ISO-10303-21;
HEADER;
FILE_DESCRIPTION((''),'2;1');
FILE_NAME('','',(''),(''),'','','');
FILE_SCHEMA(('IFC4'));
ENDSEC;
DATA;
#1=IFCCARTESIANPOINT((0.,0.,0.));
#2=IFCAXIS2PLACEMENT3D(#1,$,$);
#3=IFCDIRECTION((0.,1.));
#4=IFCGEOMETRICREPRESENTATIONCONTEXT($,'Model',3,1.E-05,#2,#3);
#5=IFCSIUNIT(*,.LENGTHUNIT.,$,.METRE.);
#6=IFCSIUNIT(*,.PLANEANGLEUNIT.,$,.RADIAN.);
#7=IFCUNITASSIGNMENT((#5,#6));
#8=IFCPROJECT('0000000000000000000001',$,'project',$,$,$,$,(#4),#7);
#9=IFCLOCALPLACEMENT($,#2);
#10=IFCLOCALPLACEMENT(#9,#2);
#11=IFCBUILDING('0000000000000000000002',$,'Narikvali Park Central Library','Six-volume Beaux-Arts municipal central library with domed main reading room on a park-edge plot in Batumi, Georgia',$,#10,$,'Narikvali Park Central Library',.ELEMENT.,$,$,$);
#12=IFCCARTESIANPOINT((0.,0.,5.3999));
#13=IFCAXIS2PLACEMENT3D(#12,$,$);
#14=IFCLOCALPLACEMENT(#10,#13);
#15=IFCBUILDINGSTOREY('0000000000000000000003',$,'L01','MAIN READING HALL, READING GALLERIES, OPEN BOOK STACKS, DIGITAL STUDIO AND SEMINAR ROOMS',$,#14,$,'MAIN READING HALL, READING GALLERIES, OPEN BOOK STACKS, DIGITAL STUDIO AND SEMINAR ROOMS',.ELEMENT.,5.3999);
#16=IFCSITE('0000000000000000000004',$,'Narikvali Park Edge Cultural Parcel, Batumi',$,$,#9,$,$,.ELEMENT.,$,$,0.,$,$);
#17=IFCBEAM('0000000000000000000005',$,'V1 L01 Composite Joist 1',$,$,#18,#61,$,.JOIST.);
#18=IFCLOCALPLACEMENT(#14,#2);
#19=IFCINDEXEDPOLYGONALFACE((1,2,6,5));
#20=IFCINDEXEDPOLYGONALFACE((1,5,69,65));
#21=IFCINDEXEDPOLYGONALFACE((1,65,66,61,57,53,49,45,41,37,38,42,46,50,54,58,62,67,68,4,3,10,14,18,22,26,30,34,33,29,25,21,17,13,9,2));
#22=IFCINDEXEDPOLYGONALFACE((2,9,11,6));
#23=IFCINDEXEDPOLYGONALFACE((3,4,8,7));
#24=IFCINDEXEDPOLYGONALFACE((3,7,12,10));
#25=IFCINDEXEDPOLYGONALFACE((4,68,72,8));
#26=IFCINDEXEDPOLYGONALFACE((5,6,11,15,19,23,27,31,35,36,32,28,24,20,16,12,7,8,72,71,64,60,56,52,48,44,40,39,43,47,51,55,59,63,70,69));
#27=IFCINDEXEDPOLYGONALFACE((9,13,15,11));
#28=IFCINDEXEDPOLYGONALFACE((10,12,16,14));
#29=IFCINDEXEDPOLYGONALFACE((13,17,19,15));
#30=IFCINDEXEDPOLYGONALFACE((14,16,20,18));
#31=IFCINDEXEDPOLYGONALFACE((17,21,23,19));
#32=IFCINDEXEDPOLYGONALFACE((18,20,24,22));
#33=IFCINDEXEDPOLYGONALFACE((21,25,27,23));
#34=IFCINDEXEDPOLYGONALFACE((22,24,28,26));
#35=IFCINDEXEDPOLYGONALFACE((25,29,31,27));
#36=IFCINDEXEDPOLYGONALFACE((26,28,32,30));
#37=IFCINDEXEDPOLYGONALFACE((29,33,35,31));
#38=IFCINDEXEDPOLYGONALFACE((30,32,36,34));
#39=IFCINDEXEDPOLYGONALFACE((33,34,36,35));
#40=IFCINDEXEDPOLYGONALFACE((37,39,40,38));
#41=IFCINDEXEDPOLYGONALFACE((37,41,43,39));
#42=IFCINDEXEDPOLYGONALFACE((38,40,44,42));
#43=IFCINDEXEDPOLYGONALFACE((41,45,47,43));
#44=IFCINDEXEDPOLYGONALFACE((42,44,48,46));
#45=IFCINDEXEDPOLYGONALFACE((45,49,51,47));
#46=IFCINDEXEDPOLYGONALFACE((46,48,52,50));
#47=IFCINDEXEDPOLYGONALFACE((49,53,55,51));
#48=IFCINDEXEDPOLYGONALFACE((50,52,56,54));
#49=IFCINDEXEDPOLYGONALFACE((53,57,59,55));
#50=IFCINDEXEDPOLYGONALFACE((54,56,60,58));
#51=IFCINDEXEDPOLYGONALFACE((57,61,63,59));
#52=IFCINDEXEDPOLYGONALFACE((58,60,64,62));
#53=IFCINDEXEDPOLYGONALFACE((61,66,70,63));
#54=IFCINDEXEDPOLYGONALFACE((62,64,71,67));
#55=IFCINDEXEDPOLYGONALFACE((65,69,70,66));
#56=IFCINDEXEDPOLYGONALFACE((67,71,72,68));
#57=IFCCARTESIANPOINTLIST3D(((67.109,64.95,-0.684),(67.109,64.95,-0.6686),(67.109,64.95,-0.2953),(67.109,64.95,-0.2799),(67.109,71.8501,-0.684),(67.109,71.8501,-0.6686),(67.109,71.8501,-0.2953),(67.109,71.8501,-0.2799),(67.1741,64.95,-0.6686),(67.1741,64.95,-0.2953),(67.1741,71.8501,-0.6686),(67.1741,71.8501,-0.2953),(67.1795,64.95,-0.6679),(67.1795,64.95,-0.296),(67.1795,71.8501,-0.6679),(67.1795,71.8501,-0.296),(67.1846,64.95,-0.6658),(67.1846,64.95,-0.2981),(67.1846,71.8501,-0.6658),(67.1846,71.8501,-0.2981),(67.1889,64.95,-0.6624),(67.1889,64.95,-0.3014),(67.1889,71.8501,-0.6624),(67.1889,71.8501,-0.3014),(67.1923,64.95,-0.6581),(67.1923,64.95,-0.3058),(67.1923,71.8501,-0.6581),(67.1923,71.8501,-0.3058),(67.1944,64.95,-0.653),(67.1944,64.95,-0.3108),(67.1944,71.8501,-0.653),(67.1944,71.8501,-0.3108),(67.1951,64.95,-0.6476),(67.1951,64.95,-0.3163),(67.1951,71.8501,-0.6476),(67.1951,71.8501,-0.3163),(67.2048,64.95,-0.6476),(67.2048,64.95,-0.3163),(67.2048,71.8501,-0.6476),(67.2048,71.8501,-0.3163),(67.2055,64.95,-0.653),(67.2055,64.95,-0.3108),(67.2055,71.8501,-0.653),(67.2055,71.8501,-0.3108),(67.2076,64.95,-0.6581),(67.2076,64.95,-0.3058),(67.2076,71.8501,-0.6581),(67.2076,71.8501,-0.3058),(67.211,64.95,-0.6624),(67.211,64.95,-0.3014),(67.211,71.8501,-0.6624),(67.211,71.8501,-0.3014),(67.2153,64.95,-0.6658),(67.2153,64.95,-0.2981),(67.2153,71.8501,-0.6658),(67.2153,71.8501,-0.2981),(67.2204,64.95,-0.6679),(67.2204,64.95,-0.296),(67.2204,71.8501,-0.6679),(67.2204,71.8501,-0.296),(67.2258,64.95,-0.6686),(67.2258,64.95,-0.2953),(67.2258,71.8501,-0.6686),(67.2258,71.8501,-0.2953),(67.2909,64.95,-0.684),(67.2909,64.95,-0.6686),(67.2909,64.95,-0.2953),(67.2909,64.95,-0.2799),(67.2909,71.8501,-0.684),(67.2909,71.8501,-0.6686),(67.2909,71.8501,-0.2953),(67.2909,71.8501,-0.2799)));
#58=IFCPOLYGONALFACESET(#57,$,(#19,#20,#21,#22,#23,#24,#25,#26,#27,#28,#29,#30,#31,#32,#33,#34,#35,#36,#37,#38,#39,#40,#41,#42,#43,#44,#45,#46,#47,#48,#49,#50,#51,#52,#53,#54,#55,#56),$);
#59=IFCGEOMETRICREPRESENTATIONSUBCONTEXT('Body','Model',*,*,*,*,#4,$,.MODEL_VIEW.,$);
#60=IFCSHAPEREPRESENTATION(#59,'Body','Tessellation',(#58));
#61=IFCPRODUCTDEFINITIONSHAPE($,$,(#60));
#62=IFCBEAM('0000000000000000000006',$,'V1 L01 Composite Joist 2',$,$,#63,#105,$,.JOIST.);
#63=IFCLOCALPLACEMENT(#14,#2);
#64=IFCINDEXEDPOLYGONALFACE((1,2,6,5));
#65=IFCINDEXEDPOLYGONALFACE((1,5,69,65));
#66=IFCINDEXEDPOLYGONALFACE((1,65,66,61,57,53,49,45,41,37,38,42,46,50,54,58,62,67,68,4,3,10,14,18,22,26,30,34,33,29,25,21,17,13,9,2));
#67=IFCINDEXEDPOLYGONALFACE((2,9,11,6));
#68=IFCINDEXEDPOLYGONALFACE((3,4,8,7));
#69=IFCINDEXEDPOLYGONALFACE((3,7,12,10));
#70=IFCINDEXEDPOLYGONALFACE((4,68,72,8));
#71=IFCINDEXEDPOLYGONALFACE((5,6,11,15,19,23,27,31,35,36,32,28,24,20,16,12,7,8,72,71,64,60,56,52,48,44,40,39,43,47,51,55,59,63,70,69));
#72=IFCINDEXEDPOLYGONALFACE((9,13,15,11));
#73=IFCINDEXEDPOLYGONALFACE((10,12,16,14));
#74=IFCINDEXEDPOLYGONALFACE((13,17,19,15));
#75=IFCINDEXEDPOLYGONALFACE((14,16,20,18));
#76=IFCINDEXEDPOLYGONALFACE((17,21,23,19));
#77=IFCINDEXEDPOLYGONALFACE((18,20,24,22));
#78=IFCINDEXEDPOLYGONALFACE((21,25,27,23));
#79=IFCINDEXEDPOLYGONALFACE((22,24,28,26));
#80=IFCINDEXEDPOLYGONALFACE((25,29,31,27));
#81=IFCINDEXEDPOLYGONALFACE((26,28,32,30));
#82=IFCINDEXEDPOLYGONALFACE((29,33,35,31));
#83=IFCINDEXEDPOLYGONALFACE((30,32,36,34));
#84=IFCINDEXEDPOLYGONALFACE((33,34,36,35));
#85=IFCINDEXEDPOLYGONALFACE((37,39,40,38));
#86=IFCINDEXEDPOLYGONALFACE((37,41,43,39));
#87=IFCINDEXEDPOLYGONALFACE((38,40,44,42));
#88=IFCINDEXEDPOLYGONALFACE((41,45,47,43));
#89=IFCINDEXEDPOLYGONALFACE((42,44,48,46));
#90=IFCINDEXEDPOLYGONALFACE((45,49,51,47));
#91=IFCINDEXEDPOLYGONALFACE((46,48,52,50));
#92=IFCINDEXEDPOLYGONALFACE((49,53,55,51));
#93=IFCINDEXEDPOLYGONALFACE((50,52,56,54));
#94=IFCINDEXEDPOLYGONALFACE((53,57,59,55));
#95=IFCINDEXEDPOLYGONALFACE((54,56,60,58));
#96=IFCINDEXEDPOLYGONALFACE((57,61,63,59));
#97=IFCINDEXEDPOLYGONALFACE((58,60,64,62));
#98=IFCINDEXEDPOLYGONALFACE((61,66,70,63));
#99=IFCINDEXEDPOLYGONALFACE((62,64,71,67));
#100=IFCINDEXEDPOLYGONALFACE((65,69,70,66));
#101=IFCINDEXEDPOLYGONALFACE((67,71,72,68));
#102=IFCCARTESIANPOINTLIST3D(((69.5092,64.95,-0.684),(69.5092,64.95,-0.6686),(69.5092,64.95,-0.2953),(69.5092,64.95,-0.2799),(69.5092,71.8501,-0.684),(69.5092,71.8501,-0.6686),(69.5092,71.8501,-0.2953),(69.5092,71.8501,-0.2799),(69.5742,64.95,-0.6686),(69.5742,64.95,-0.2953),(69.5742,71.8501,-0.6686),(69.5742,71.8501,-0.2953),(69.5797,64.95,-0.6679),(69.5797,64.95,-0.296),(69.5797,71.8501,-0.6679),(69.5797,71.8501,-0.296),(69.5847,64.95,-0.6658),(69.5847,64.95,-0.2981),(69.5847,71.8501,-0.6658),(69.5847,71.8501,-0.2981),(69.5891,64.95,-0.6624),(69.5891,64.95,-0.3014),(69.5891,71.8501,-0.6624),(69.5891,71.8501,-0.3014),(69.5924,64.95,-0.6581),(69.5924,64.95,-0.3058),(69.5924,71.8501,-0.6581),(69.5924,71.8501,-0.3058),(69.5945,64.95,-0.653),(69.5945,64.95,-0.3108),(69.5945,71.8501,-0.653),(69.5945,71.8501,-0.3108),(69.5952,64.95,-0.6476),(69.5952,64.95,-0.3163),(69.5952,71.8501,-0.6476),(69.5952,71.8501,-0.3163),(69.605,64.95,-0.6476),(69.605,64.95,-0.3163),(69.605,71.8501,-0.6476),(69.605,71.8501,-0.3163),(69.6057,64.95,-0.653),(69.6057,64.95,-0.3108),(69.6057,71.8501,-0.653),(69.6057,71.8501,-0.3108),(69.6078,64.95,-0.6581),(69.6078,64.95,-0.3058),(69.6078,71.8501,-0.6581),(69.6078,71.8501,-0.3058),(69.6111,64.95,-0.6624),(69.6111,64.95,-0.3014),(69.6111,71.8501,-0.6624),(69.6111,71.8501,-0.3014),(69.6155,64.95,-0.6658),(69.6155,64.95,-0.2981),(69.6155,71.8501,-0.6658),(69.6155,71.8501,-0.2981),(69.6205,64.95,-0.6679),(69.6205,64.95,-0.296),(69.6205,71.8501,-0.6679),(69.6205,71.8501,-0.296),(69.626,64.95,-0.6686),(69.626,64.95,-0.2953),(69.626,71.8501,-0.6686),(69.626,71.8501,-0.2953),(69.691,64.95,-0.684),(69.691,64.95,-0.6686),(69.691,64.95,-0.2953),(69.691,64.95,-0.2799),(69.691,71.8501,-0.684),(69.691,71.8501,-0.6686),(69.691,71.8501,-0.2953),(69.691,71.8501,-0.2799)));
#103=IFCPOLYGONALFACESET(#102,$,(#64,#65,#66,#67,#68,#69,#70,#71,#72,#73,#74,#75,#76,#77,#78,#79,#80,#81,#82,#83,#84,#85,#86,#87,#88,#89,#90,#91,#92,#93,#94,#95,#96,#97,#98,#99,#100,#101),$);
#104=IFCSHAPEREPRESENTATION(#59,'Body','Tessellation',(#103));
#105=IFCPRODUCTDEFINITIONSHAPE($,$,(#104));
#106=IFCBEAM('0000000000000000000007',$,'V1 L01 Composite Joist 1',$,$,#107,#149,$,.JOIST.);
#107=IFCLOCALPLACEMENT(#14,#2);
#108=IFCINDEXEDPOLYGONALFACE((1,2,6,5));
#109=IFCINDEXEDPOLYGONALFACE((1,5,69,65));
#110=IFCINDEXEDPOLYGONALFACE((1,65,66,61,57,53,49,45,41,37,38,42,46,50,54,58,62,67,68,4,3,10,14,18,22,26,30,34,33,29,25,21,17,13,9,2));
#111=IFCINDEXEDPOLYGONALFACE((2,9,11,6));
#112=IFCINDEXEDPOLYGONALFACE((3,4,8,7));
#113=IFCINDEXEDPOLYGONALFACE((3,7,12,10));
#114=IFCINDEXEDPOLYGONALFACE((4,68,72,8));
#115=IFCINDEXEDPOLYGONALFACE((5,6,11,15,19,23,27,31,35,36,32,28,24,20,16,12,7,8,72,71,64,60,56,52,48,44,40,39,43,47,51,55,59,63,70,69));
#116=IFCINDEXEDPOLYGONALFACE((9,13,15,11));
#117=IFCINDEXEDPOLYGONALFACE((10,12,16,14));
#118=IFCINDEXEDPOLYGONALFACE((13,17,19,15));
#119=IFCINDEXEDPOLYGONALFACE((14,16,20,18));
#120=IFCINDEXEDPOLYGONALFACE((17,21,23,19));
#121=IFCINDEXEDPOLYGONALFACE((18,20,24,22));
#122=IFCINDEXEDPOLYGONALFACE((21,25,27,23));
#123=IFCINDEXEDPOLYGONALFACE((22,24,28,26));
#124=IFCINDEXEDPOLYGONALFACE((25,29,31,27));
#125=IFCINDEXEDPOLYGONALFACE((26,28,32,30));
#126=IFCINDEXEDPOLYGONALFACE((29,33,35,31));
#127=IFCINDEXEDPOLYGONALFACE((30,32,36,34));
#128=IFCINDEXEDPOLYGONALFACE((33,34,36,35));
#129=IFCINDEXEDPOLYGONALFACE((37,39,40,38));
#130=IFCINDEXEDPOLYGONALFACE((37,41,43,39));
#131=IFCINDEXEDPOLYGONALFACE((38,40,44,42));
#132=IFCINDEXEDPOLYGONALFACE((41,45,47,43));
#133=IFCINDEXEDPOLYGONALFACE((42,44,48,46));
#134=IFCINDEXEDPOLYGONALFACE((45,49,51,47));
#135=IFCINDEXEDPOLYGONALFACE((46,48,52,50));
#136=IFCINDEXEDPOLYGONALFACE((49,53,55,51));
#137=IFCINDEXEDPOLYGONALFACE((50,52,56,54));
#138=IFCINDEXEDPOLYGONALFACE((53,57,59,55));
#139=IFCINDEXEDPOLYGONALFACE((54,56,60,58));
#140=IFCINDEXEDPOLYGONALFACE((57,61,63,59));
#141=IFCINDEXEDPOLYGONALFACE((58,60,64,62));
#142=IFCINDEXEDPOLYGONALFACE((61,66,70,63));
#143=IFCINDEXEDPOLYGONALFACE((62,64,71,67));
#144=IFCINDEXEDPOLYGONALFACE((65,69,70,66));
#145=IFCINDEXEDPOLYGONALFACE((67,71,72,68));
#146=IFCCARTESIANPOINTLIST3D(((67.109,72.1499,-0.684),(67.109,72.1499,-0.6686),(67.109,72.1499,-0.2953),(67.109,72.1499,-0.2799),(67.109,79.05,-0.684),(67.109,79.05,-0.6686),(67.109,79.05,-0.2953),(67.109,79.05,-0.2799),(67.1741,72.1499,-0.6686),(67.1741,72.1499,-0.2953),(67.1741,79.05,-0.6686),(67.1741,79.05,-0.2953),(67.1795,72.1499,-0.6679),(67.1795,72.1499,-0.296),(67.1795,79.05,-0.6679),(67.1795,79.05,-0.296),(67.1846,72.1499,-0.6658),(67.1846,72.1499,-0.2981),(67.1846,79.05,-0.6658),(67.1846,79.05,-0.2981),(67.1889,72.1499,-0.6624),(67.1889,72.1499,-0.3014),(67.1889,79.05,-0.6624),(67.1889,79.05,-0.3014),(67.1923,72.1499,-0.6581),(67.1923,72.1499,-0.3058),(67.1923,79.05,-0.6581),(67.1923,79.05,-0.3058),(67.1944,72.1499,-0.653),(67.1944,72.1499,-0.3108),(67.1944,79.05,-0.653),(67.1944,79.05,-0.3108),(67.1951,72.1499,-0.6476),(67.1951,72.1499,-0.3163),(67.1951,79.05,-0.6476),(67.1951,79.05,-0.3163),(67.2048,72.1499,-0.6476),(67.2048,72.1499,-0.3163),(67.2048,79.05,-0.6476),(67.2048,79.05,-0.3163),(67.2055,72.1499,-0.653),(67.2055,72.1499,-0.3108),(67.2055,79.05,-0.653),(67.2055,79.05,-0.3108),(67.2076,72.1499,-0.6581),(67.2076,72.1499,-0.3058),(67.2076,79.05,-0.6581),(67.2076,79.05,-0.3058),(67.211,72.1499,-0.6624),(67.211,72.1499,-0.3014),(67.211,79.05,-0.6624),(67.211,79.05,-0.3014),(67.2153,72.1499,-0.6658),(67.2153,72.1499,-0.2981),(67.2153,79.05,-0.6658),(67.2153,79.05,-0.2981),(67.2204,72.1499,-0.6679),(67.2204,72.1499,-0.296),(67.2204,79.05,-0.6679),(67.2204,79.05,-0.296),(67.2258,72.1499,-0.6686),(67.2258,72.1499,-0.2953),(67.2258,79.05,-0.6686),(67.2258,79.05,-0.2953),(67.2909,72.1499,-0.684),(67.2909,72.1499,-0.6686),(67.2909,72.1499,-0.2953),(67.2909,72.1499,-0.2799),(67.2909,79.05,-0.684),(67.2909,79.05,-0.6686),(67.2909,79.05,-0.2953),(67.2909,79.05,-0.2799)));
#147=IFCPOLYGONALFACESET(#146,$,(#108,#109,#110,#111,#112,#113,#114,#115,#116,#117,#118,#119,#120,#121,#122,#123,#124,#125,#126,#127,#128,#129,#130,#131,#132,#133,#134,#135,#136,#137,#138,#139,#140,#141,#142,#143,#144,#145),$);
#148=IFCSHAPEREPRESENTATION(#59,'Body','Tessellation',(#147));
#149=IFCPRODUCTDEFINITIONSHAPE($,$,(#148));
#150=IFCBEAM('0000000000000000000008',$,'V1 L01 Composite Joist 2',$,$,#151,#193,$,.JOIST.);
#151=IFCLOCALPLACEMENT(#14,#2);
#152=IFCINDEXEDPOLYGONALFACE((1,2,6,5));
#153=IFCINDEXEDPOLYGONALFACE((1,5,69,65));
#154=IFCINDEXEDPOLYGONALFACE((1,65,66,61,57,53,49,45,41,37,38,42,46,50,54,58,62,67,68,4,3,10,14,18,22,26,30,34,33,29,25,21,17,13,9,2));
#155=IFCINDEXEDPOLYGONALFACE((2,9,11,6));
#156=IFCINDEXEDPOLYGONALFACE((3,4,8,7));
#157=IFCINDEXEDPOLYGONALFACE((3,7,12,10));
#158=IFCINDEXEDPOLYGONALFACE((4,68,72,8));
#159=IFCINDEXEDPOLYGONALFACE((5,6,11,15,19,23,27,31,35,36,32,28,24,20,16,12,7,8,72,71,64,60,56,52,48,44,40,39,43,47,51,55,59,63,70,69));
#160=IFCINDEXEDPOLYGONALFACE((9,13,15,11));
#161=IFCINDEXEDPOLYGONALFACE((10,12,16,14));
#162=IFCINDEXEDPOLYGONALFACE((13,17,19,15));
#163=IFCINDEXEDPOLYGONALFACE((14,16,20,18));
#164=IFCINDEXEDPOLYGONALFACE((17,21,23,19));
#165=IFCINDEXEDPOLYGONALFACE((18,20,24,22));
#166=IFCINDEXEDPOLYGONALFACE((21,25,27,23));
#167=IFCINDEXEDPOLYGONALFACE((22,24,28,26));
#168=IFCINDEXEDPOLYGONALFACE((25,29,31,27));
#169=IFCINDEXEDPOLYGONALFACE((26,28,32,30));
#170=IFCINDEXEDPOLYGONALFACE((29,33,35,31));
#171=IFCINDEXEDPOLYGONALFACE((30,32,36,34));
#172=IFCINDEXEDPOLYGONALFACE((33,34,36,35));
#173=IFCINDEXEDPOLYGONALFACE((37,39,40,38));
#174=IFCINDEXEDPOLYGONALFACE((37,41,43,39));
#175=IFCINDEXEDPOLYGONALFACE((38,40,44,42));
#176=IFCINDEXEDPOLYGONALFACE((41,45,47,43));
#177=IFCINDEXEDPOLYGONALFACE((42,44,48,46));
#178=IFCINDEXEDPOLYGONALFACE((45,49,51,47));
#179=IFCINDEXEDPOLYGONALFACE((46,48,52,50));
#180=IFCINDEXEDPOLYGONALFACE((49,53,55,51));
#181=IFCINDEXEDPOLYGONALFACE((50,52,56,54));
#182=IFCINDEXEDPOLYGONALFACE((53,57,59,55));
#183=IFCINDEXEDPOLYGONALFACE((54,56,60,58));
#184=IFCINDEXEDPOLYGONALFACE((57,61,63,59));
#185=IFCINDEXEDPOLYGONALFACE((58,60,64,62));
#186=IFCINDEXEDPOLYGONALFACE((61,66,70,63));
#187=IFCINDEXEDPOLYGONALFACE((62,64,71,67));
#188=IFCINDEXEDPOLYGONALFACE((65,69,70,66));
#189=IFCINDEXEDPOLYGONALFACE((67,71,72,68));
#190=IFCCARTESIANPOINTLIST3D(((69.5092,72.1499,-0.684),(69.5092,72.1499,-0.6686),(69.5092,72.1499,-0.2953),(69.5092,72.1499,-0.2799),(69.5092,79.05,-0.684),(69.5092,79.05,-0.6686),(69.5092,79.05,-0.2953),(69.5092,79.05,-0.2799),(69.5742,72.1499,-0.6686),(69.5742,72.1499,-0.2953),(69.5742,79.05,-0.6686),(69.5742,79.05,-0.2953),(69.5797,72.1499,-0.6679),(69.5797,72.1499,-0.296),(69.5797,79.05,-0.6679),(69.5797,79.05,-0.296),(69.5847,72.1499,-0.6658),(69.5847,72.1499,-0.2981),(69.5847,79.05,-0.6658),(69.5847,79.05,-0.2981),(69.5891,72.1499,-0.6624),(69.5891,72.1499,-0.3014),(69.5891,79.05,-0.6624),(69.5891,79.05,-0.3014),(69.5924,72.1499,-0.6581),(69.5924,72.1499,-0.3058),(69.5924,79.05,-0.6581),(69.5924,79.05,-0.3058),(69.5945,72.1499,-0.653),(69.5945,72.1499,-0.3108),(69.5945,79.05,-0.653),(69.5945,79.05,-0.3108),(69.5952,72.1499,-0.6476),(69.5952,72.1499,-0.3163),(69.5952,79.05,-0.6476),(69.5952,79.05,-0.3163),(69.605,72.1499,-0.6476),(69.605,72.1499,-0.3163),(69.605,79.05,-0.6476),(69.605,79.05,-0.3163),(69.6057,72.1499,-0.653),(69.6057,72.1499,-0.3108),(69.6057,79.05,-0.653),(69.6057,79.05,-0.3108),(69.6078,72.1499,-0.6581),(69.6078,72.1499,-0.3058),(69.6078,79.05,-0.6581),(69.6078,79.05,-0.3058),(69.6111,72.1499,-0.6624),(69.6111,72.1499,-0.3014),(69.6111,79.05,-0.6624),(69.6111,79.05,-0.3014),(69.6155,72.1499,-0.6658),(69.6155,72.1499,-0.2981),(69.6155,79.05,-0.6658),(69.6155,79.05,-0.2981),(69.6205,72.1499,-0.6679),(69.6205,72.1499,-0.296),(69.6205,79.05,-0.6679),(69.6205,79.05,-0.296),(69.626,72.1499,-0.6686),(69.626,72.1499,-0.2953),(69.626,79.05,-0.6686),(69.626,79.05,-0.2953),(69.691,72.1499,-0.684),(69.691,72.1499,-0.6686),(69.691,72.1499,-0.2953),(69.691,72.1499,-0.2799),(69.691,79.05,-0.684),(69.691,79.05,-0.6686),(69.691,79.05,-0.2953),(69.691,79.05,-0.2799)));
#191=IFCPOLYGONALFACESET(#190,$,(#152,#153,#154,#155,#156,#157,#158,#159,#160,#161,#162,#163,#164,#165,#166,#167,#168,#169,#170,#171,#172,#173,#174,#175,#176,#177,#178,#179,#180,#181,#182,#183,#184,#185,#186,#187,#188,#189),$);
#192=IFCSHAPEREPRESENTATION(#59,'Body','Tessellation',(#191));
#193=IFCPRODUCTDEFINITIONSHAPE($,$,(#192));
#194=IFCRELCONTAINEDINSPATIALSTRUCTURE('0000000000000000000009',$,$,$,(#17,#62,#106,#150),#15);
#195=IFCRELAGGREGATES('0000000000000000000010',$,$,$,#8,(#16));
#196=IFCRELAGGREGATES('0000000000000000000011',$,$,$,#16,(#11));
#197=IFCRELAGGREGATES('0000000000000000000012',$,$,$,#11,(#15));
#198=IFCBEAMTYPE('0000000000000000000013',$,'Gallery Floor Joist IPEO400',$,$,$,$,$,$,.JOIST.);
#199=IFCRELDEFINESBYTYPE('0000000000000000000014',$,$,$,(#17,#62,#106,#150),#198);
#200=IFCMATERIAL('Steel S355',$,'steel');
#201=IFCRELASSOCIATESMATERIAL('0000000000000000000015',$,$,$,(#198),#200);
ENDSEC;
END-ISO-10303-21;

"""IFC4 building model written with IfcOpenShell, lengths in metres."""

from ifc_helpers import new_model, si_unit, direction, frame, origin, origin_2d, place, context, subcontext, project, spatial, i_section, extrude, material, material_profile, profile_set, type_object, element, save


model = new_model("IFC4")

# Units and contexts
model_context = context("Model", 3, precision=1e-05, world=origin(), true_north=direction((0.0, 1.0)))
body_context = subcontext(model_context, "Body", "Model", "MODEL_VIEW")
ifc_project = project(units=[si_unit("LENGTHUNIT", "METRE"), si_unit("PLANEANGLEUNIT", "RADIAN")], contexts=[model_context])

# Site, building, storey
site_placement = place(None, origin())
site = spatial("IfcSite", under=ifc_project, at=site_placement, Name="Narikvali Park Edge Cultural Parcel, Batumi", CompositionType="ELEMENT", RefElevation=0.0)
building_placement = place(site_placement, origin())
building = spatial("IfcBuilding", under=site, at=building_placement, Name="Narikvali Park Central Library", Description="Six-volume Beaux-Arts municipal central library with domed main reading room on a park-edge plot in Batumi, Georgia", LongName="Narikvali Park Central Library", CompositionType="ELEMENT")
storey_placement = place(building_placement, frame((0.0, 0.0, 5.3999)))
storey = spatial("IfcBuildingStorey", under=building, at=storey_placement, Name="L01", Description="MAIN READING HALL, READING GALLERIES, OPEN BOOK STACKS, DIGITAL STUDIO AND SEMINAR ROOMS", LongName="MAIN READING HALL, READING GALLERIES, OPEN BOOK STACKS, DIGITAL STUDIO AND SEMINAR ROOMS", CompositionType="ELEMENT", Elevation=5.3999)

# Shared definitions
ifc_material_1 = material(Name="Steel S355", Category="steel")

# Beams
ifc_material_profile_1 = material_profile(ifc_material_1, i_section(OverallWidth=0.1819, OverallDepth=0.4041, WebThickness=0.0098, FlangeThickness=0.0154, FilletRadius=0.021, at=origin_2d()), Name="IPEO 400")
ifc_profile_set_1 = profile_set([ifc_material_profile_1], Name="Steel S355")
beam_type_1 = type_object("IfcBeamType", Name="Gallery Floor Joist IPEO400", PredefinedType="JOIST", material=ifc_profile_set_1)
for number, where, z_axis, x_axis, name in (
    (1, (67.2, 64.95, -0.4819), (0.0, 1.0, 0.0), (-1.0, 0.0, 0.0), "V1 L01 Composite Joist 1"),
    (2, (69.6001, 64.95, -0.4819), (0.0, 1.0, 0.0), (-1.0, 0.0, 0.0), "V1 L01 Composite Joist 2"),
    (3, (67.2, 72.1499, -0.4819), (0.0, 1.0, 0.0), (-1.0, 0.0, 0.0), "V1 L01 Composite Joist 1"),
    (4, (69.6001, 72.1499, -0.4819), (0.0, 1.0, 0.0), (-1.0, 0.0, 0.0), "V1 L01 Composite Joist 2"),
):
    element("IfcBeam", number, at=place(storey_placement, frame(where, z_axis=z_axis, x_axis=x_axis)), inside=storey, type_object=beam_type_1, Name=name, PredefinedType="JOIST", context=body_context, shape_type="SweptSolid", body=[
        extrude(i_section(OverallWidth=0.1819, OverallDepth=0.4041, WebThickness=0.0098, FlangeThickness=0.0154, FilletRadius=0.021, at=origin_2d()), origin(), (0.0, 0.0, 1.0), 6.9001),
    ])

save(model, "model.ifc")
